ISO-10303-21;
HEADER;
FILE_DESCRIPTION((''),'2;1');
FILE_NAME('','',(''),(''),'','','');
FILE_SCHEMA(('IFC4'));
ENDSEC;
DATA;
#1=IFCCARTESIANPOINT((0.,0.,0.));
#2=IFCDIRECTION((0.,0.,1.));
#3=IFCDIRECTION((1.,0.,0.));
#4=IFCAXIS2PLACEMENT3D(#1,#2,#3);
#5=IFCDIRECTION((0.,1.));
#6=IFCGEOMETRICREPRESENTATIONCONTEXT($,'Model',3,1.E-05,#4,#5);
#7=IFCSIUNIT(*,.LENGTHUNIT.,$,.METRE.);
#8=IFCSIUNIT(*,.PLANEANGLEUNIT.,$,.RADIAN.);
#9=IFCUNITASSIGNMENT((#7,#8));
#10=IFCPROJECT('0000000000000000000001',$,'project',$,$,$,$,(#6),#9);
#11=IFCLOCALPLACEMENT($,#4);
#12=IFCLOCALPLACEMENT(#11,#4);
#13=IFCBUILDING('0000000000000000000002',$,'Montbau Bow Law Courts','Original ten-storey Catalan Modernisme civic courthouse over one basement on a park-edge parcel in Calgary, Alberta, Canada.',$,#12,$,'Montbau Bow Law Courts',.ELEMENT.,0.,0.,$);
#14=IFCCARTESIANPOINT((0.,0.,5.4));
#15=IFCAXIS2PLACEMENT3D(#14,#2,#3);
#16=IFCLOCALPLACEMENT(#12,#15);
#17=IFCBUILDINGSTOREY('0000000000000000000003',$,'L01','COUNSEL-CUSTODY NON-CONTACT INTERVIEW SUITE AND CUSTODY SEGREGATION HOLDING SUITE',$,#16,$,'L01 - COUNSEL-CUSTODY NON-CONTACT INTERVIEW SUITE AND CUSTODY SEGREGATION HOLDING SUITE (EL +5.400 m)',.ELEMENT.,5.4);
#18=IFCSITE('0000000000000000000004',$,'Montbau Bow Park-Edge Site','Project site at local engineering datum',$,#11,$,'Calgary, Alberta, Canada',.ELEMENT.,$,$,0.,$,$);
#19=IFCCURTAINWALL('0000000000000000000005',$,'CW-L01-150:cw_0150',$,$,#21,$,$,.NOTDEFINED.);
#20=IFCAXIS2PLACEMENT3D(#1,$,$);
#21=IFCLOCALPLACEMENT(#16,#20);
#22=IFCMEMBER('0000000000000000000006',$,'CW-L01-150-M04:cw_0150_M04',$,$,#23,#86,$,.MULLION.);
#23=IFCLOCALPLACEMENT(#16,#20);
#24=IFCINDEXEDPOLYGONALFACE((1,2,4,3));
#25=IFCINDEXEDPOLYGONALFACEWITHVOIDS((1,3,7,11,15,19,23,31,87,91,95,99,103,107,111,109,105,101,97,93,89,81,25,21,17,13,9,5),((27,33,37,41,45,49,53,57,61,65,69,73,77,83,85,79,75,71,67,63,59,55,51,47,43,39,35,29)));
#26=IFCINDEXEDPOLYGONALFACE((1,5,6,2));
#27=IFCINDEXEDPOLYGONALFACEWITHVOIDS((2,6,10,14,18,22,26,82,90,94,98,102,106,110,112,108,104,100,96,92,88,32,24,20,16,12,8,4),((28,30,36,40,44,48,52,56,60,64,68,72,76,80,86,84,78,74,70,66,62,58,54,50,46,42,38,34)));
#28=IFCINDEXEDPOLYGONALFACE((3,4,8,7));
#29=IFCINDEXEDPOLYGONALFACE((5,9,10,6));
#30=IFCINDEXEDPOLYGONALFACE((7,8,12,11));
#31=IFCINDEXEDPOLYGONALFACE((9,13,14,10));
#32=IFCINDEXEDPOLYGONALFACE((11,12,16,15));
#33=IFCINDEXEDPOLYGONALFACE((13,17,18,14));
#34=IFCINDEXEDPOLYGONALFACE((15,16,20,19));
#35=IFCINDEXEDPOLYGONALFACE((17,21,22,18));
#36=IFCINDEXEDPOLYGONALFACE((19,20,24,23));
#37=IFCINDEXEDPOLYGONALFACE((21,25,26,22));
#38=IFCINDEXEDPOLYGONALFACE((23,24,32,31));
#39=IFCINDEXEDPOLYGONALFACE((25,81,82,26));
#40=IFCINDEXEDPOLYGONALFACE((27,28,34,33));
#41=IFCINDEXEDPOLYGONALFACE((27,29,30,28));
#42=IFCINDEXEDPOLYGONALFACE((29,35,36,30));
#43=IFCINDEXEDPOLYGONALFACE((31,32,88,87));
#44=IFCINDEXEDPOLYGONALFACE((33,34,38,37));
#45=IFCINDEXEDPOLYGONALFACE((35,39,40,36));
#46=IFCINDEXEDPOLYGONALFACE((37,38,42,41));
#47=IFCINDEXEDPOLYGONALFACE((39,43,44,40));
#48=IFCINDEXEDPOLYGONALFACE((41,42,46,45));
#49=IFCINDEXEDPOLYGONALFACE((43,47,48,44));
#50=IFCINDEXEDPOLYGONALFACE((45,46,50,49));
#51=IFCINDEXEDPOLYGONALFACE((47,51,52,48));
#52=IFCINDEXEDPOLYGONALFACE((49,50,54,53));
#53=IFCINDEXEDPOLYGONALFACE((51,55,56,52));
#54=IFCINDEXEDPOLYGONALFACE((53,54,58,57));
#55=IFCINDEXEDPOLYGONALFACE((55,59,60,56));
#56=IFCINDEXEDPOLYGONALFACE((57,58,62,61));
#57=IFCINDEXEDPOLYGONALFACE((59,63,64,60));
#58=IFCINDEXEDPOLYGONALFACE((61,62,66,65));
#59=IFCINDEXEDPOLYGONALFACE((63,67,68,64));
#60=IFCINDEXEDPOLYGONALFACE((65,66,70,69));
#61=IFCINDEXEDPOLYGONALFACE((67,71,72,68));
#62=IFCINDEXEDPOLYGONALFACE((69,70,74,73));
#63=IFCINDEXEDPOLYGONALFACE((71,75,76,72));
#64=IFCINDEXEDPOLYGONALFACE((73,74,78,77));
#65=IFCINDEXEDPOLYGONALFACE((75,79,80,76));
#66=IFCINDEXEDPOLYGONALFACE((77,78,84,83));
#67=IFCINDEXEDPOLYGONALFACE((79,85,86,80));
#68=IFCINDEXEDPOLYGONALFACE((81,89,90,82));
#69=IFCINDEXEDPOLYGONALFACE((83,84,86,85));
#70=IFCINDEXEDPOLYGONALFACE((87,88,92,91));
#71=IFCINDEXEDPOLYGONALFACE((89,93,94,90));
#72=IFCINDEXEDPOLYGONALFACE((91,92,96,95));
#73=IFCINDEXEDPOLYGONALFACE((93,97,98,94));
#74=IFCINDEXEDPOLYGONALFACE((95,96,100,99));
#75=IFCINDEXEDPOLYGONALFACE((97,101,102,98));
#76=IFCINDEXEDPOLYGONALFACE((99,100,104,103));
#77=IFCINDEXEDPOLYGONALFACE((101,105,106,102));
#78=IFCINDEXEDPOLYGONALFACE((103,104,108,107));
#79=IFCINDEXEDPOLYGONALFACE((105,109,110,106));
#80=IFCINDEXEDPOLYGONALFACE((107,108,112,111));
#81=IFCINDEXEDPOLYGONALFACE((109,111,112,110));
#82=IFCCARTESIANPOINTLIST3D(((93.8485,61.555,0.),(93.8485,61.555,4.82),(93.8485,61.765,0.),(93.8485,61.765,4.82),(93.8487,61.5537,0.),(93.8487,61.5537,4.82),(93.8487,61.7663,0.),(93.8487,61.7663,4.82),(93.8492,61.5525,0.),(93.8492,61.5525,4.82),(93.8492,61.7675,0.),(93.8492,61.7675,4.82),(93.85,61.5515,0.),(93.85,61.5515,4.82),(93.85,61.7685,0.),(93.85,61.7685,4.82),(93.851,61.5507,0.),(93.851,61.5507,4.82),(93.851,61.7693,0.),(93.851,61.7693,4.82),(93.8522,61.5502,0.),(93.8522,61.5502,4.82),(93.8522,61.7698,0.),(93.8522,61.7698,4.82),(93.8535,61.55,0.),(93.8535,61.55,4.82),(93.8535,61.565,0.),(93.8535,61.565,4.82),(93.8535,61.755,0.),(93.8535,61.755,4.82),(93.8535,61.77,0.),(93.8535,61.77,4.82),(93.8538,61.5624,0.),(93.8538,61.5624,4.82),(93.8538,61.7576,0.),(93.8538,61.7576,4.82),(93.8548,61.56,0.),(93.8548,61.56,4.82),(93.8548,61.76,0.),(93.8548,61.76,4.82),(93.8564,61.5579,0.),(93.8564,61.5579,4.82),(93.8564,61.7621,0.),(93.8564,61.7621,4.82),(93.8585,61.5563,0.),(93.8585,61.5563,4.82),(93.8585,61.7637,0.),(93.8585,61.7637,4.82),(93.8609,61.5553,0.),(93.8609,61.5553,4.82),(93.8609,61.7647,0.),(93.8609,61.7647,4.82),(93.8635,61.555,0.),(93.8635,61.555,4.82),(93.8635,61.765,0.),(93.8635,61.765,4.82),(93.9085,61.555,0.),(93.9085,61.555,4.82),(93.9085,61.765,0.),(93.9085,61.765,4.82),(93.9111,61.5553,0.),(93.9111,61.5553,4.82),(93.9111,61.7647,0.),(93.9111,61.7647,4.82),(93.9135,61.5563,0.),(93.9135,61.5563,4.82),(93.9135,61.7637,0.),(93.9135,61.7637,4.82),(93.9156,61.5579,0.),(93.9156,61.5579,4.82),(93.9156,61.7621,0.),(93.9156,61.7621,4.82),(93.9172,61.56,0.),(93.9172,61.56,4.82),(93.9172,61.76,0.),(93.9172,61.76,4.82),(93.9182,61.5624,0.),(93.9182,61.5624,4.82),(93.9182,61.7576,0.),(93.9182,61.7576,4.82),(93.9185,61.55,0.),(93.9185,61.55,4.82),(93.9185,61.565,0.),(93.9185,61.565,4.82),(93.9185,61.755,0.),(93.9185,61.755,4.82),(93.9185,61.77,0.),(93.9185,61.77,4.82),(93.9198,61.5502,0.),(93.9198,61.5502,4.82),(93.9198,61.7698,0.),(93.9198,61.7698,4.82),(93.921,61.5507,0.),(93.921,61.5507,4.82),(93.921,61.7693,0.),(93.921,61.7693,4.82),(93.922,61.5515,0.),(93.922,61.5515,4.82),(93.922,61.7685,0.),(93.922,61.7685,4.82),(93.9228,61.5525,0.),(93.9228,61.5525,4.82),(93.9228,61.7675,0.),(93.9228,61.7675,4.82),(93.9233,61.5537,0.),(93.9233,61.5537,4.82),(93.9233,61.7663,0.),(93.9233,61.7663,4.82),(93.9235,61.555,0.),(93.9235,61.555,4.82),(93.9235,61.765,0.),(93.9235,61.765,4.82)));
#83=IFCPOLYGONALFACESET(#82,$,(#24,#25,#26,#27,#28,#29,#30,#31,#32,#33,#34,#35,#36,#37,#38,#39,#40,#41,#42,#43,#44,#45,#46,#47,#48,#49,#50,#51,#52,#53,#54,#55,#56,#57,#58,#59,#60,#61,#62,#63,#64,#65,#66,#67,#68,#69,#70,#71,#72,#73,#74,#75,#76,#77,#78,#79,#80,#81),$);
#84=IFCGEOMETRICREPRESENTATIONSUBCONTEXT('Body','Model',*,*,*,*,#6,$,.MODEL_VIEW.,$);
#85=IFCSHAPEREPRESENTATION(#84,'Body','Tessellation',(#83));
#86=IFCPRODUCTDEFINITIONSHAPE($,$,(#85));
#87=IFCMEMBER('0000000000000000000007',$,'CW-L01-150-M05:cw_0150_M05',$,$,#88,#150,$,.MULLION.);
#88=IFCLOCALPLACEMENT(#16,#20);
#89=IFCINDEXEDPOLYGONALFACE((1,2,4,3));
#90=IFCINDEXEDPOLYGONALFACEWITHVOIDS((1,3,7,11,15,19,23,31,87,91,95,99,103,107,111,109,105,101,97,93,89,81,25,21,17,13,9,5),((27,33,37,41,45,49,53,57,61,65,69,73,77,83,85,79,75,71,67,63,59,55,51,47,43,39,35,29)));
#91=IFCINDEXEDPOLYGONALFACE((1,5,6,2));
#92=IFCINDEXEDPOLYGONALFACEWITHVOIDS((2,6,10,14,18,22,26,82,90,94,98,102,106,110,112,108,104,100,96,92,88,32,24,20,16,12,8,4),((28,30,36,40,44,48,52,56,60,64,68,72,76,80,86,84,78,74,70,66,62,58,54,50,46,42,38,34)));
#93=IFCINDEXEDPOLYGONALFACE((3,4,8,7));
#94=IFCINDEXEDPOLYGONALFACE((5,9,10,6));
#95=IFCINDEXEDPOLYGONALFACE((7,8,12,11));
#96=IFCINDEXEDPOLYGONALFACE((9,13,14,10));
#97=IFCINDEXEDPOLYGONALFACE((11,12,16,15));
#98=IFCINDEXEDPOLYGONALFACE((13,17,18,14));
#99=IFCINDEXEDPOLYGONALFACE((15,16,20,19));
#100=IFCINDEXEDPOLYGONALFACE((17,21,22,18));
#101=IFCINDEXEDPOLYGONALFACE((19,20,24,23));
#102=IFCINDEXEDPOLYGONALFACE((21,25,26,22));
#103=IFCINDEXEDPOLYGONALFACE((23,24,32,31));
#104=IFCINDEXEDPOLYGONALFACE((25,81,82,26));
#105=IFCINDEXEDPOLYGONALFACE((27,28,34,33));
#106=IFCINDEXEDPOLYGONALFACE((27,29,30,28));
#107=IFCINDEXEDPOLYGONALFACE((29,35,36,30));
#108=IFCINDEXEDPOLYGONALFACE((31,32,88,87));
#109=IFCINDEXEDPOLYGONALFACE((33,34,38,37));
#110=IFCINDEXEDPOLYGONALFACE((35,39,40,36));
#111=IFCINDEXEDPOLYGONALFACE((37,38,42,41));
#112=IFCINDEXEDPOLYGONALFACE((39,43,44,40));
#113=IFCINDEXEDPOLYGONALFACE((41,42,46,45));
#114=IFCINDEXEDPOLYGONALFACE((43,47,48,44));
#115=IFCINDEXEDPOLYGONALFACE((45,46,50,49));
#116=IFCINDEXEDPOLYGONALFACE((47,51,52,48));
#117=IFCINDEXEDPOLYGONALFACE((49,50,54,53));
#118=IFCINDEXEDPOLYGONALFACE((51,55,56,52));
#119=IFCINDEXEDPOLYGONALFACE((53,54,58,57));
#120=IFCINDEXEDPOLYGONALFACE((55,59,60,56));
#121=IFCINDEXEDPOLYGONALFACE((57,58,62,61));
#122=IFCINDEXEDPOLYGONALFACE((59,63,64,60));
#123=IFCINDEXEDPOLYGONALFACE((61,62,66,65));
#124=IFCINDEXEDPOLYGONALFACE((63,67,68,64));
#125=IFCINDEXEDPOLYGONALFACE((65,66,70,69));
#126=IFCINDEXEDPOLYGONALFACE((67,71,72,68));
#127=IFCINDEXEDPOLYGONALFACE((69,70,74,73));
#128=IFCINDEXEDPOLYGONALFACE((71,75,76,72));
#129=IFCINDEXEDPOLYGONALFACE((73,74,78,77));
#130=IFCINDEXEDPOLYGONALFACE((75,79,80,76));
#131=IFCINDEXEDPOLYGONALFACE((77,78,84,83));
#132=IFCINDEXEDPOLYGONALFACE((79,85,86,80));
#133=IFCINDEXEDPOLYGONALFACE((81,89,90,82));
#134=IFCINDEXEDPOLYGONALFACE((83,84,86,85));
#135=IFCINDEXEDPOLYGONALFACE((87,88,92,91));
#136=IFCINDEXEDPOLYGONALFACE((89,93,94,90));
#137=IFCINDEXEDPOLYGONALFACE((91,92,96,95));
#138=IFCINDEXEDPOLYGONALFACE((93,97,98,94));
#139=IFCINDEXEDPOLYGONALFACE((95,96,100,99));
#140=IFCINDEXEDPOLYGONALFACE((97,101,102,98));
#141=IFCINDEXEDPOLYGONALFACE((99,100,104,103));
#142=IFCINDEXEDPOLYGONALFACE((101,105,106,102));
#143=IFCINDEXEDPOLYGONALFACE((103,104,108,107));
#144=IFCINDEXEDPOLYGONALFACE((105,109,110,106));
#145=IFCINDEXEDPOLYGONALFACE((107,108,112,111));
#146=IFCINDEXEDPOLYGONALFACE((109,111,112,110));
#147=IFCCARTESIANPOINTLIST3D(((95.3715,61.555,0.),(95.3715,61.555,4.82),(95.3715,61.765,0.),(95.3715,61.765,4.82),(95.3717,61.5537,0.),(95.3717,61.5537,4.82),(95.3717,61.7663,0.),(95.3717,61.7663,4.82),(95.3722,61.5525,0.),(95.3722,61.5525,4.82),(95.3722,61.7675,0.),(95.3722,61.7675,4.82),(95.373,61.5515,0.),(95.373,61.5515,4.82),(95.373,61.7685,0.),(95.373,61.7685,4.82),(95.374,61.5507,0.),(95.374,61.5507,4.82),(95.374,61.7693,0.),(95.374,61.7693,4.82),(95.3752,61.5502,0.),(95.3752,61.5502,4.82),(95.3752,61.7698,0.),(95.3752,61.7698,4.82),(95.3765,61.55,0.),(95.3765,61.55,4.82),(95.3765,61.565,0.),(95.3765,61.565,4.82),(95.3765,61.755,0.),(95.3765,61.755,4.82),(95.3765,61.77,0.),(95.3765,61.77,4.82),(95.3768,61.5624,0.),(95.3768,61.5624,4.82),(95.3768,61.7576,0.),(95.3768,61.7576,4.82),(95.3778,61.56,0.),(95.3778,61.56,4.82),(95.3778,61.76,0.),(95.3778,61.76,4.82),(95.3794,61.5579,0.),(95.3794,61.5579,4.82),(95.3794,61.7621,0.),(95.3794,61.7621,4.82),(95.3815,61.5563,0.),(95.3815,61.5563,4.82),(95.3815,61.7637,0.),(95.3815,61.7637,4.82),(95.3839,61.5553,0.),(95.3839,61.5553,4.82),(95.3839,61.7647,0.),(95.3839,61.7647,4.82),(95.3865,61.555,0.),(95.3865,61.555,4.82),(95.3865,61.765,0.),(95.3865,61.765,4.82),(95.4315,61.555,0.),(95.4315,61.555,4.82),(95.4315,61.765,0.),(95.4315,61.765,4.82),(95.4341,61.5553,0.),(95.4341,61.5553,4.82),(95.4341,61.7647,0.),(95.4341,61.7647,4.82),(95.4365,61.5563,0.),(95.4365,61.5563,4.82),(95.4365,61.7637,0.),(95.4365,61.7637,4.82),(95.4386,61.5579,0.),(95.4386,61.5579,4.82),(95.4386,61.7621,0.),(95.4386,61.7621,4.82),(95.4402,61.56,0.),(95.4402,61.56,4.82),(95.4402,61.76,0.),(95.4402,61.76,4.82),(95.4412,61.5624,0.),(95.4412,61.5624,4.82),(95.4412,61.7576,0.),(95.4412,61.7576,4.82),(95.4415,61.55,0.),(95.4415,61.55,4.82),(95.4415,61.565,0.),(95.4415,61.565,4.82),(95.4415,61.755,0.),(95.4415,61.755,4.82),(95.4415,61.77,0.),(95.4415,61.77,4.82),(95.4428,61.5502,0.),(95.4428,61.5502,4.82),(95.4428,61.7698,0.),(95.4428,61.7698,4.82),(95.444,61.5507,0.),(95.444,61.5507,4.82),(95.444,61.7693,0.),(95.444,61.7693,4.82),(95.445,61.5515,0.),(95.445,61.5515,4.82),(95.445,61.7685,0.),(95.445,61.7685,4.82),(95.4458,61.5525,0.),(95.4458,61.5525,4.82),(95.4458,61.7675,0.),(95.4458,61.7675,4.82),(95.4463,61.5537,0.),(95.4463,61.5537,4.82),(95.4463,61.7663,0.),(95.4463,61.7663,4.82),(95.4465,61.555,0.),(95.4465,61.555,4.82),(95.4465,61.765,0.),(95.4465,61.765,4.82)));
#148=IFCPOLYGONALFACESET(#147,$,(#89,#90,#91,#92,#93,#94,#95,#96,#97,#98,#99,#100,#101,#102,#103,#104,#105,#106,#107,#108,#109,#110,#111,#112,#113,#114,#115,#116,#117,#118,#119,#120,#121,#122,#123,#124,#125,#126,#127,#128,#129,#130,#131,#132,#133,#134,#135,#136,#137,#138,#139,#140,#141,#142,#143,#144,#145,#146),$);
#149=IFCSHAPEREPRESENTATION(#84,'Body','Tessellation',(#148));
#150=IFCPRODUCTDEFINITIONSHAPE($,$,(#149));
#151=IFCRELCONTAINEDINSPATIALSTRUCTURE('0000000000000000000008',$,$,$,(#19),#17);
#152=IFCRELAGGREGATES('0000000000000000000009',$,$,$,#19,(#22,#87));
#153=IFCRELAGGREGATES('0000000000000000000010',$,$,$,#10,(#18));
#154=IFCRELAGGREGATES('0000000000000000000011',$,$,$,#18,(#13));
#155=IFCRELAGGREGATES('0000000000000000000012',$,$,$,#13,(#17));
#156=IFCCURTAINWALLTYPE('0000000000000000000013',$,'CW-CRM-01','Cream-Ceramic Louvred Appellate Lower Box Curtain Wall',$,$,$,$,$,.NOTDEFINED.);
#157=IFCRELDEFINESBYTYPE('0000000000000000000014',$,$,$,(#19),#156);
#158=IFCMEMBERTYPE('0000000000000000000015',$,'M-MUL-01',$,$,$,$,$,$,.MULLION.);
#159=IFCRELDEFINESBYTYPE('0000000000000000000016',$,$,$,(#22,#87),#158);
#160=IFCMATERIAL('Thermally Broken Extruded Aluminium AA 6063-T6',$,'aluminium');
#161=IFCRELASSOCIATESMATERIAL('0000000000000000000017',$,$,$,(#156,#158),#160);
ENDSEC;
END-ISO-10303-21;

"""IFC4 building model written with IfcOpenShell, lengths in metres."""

from ifc_helpers import new_model, si_unit, direction, frame, origin_with_axes, origin_2d_with_axis, place, context, subcontext, project, spatial, hollow_rectangle, extrude, material, material_profile, profile_set, type_object, element, aggregate, save


model = new_model("IFC4")

# Units and contexts
model_context = context("Model", 3, precision=1e-05, world=origin_with_axes(), true_north=direction((0.0, 1.0)))
body_context = subcontext(model_context, "Body", "Model", "MODEL_VIEW")
ifc_project = project(units=[si_unit("LENGTHUNIT", "METRE"), si_unit("PLANEANGLEUNIT", "RADIAN")], contexts=[model_context])

# Site, building, storey
site_placement = place(None, origin_with_axes())
site = spatial("IfcSite", under=ifc_project, at=site_placement, Name="Montbau Bow Park-Edge Site", Description="Project site at local engineering datum", LongName="Calgary, Alberta, Canada", CompositionType="ELEMENT", RefElevation=0.0)
building_placement = place(site_placement, origin_with_axes())
building = spatial("IfcBuilding", under=site, at=building_placement, Name="Montbau Bow Law Courts", Description="Original ten-storey Catalan Modernisme civic courthouse over one basement on a park-edge parcel in Calgary, Alberta, Canada.", LongName="Montbau Bow Law Courts", CompositionType="ELEMENT", ElevationOfRefHeight=0.0, ElevationOfTerrain=0.0)
storey_placement = place(building_placement, frame((0.0, 0.0, 5.4), z_axis=(0.0, 0.0, 1.0), x_axis=(1.0, 0.0, 0.0)))
storey = spatial("IfcBuildingStorey", under=building, at=storey_placement, Name="L01", Description="COUNSEL-CUSTODY NON-CONTACT INTERVIEW SUITE AND CUSTODY SEGREGATION HOLDING SUITE", LongName="L01 - COUNSEL-CUSTODY NON-CONTACT INTERVIEW SUITE AND CUSTODY SEGREGATION HOLDING SUITE (EL +5.400 m)", CompositionType="ELEMENT", Elevation=5.4)

# Curtain wall, members
ifc_material_1 = material(Name="Thermally Broken Extruded Aluminium AA 6063-T6", Category="aluminium")
curtain_wall_type = type_object("IfcCurtainWallType", Name="CW-CRM-01", Description="Cream-Ceramic Louvred Appellate Lower Box Curtain Wall", PredefinedType="NOTDEFINED", material=ifc_material_1)
curtain_wall_placement = place(None, frame((89.315, 61.66, 5.4), z_axis=(0.0, 0.0, 1.0), x_axis=(1.0, 0.0, 0.0)))
curtain_wall = element("IfcCurtainWall", 1, at=curtain_wall_placement, inside=storey, type_object=curtain_wall_type, Name="CW-L01-150:cw_0150", PredefinedType="NOTDEFINED")
ifc_material_profile_1 = material_profile(ifc_material_1, hollow_rectangle(XDim=0.075, YDim=0.22, WallThickness=0.005, InnerFilletRadius=0.01, OuterFilletRadius=0.005, at=origin_2d_with_axis()), Name="CWM-220X75", Category="Main", Priority=0)
ifc_profile_set_1 = profile_set([ifc_material_profile_1], Name="Thermally Broken Extruded Aluminium AA 6063-T6")
member_type_1 = type_object("IfcMemberType", Name="M-MUL-01", PredefinedType="MULLION", material=ifc_profile_set_1)
member_1_placement = place(None, frame((93.886, 61.66, 5.4), z_axis=(0.0, 0.0, 1.0), x_axis=(1.0, 0.0, 0.0)))
member_1 = element("IfcMember", 2, at=member_1_placement, type_object=member_type_1, Name="CW-L01-150-M04:cw_0150_M04", PredefinedType="MULLION", context=body_context, shape_type="SweptSolid", body=[
    extrude(hollow_rectangle(XDim=0.075, YDim=0.22, WallThickness=0.005, InnerFilletRadius=0.01, OuterFilletRadius=0.005, at=origin_2d_with_axis()), origin_with_axes(), (0.0, 0.0, 1.0), 4.82),
])
member_2_placement = place(None, frame((95.409, 61.66, 5.4), z_axis=(0.0, 0.0, 1.0), x_axis=(1.0, 0.0, 0.0)))
member_2 = element("IfcMember", 3, at=member_2_placement, type_object=member_type_1, Name="CW-L01-150-M05:cw_0150_M05", PredefinedType="MULLION", context=body_context, shape_type="SweptSolid", body=[
    extrude(hollow_rectangle(XDim=0.075, YDim=0.22, WallThickness=0.005, InnerFilletRadius=0.01, OuterFilletRadius=0.005, at=origin_2d_with_axis()), origin_with_axes(), (0.0, 0.0, 1.0), 4.82),
])
aggregate(curtain_wall, [member_1, member_2])

save(model, "model.ifc")
